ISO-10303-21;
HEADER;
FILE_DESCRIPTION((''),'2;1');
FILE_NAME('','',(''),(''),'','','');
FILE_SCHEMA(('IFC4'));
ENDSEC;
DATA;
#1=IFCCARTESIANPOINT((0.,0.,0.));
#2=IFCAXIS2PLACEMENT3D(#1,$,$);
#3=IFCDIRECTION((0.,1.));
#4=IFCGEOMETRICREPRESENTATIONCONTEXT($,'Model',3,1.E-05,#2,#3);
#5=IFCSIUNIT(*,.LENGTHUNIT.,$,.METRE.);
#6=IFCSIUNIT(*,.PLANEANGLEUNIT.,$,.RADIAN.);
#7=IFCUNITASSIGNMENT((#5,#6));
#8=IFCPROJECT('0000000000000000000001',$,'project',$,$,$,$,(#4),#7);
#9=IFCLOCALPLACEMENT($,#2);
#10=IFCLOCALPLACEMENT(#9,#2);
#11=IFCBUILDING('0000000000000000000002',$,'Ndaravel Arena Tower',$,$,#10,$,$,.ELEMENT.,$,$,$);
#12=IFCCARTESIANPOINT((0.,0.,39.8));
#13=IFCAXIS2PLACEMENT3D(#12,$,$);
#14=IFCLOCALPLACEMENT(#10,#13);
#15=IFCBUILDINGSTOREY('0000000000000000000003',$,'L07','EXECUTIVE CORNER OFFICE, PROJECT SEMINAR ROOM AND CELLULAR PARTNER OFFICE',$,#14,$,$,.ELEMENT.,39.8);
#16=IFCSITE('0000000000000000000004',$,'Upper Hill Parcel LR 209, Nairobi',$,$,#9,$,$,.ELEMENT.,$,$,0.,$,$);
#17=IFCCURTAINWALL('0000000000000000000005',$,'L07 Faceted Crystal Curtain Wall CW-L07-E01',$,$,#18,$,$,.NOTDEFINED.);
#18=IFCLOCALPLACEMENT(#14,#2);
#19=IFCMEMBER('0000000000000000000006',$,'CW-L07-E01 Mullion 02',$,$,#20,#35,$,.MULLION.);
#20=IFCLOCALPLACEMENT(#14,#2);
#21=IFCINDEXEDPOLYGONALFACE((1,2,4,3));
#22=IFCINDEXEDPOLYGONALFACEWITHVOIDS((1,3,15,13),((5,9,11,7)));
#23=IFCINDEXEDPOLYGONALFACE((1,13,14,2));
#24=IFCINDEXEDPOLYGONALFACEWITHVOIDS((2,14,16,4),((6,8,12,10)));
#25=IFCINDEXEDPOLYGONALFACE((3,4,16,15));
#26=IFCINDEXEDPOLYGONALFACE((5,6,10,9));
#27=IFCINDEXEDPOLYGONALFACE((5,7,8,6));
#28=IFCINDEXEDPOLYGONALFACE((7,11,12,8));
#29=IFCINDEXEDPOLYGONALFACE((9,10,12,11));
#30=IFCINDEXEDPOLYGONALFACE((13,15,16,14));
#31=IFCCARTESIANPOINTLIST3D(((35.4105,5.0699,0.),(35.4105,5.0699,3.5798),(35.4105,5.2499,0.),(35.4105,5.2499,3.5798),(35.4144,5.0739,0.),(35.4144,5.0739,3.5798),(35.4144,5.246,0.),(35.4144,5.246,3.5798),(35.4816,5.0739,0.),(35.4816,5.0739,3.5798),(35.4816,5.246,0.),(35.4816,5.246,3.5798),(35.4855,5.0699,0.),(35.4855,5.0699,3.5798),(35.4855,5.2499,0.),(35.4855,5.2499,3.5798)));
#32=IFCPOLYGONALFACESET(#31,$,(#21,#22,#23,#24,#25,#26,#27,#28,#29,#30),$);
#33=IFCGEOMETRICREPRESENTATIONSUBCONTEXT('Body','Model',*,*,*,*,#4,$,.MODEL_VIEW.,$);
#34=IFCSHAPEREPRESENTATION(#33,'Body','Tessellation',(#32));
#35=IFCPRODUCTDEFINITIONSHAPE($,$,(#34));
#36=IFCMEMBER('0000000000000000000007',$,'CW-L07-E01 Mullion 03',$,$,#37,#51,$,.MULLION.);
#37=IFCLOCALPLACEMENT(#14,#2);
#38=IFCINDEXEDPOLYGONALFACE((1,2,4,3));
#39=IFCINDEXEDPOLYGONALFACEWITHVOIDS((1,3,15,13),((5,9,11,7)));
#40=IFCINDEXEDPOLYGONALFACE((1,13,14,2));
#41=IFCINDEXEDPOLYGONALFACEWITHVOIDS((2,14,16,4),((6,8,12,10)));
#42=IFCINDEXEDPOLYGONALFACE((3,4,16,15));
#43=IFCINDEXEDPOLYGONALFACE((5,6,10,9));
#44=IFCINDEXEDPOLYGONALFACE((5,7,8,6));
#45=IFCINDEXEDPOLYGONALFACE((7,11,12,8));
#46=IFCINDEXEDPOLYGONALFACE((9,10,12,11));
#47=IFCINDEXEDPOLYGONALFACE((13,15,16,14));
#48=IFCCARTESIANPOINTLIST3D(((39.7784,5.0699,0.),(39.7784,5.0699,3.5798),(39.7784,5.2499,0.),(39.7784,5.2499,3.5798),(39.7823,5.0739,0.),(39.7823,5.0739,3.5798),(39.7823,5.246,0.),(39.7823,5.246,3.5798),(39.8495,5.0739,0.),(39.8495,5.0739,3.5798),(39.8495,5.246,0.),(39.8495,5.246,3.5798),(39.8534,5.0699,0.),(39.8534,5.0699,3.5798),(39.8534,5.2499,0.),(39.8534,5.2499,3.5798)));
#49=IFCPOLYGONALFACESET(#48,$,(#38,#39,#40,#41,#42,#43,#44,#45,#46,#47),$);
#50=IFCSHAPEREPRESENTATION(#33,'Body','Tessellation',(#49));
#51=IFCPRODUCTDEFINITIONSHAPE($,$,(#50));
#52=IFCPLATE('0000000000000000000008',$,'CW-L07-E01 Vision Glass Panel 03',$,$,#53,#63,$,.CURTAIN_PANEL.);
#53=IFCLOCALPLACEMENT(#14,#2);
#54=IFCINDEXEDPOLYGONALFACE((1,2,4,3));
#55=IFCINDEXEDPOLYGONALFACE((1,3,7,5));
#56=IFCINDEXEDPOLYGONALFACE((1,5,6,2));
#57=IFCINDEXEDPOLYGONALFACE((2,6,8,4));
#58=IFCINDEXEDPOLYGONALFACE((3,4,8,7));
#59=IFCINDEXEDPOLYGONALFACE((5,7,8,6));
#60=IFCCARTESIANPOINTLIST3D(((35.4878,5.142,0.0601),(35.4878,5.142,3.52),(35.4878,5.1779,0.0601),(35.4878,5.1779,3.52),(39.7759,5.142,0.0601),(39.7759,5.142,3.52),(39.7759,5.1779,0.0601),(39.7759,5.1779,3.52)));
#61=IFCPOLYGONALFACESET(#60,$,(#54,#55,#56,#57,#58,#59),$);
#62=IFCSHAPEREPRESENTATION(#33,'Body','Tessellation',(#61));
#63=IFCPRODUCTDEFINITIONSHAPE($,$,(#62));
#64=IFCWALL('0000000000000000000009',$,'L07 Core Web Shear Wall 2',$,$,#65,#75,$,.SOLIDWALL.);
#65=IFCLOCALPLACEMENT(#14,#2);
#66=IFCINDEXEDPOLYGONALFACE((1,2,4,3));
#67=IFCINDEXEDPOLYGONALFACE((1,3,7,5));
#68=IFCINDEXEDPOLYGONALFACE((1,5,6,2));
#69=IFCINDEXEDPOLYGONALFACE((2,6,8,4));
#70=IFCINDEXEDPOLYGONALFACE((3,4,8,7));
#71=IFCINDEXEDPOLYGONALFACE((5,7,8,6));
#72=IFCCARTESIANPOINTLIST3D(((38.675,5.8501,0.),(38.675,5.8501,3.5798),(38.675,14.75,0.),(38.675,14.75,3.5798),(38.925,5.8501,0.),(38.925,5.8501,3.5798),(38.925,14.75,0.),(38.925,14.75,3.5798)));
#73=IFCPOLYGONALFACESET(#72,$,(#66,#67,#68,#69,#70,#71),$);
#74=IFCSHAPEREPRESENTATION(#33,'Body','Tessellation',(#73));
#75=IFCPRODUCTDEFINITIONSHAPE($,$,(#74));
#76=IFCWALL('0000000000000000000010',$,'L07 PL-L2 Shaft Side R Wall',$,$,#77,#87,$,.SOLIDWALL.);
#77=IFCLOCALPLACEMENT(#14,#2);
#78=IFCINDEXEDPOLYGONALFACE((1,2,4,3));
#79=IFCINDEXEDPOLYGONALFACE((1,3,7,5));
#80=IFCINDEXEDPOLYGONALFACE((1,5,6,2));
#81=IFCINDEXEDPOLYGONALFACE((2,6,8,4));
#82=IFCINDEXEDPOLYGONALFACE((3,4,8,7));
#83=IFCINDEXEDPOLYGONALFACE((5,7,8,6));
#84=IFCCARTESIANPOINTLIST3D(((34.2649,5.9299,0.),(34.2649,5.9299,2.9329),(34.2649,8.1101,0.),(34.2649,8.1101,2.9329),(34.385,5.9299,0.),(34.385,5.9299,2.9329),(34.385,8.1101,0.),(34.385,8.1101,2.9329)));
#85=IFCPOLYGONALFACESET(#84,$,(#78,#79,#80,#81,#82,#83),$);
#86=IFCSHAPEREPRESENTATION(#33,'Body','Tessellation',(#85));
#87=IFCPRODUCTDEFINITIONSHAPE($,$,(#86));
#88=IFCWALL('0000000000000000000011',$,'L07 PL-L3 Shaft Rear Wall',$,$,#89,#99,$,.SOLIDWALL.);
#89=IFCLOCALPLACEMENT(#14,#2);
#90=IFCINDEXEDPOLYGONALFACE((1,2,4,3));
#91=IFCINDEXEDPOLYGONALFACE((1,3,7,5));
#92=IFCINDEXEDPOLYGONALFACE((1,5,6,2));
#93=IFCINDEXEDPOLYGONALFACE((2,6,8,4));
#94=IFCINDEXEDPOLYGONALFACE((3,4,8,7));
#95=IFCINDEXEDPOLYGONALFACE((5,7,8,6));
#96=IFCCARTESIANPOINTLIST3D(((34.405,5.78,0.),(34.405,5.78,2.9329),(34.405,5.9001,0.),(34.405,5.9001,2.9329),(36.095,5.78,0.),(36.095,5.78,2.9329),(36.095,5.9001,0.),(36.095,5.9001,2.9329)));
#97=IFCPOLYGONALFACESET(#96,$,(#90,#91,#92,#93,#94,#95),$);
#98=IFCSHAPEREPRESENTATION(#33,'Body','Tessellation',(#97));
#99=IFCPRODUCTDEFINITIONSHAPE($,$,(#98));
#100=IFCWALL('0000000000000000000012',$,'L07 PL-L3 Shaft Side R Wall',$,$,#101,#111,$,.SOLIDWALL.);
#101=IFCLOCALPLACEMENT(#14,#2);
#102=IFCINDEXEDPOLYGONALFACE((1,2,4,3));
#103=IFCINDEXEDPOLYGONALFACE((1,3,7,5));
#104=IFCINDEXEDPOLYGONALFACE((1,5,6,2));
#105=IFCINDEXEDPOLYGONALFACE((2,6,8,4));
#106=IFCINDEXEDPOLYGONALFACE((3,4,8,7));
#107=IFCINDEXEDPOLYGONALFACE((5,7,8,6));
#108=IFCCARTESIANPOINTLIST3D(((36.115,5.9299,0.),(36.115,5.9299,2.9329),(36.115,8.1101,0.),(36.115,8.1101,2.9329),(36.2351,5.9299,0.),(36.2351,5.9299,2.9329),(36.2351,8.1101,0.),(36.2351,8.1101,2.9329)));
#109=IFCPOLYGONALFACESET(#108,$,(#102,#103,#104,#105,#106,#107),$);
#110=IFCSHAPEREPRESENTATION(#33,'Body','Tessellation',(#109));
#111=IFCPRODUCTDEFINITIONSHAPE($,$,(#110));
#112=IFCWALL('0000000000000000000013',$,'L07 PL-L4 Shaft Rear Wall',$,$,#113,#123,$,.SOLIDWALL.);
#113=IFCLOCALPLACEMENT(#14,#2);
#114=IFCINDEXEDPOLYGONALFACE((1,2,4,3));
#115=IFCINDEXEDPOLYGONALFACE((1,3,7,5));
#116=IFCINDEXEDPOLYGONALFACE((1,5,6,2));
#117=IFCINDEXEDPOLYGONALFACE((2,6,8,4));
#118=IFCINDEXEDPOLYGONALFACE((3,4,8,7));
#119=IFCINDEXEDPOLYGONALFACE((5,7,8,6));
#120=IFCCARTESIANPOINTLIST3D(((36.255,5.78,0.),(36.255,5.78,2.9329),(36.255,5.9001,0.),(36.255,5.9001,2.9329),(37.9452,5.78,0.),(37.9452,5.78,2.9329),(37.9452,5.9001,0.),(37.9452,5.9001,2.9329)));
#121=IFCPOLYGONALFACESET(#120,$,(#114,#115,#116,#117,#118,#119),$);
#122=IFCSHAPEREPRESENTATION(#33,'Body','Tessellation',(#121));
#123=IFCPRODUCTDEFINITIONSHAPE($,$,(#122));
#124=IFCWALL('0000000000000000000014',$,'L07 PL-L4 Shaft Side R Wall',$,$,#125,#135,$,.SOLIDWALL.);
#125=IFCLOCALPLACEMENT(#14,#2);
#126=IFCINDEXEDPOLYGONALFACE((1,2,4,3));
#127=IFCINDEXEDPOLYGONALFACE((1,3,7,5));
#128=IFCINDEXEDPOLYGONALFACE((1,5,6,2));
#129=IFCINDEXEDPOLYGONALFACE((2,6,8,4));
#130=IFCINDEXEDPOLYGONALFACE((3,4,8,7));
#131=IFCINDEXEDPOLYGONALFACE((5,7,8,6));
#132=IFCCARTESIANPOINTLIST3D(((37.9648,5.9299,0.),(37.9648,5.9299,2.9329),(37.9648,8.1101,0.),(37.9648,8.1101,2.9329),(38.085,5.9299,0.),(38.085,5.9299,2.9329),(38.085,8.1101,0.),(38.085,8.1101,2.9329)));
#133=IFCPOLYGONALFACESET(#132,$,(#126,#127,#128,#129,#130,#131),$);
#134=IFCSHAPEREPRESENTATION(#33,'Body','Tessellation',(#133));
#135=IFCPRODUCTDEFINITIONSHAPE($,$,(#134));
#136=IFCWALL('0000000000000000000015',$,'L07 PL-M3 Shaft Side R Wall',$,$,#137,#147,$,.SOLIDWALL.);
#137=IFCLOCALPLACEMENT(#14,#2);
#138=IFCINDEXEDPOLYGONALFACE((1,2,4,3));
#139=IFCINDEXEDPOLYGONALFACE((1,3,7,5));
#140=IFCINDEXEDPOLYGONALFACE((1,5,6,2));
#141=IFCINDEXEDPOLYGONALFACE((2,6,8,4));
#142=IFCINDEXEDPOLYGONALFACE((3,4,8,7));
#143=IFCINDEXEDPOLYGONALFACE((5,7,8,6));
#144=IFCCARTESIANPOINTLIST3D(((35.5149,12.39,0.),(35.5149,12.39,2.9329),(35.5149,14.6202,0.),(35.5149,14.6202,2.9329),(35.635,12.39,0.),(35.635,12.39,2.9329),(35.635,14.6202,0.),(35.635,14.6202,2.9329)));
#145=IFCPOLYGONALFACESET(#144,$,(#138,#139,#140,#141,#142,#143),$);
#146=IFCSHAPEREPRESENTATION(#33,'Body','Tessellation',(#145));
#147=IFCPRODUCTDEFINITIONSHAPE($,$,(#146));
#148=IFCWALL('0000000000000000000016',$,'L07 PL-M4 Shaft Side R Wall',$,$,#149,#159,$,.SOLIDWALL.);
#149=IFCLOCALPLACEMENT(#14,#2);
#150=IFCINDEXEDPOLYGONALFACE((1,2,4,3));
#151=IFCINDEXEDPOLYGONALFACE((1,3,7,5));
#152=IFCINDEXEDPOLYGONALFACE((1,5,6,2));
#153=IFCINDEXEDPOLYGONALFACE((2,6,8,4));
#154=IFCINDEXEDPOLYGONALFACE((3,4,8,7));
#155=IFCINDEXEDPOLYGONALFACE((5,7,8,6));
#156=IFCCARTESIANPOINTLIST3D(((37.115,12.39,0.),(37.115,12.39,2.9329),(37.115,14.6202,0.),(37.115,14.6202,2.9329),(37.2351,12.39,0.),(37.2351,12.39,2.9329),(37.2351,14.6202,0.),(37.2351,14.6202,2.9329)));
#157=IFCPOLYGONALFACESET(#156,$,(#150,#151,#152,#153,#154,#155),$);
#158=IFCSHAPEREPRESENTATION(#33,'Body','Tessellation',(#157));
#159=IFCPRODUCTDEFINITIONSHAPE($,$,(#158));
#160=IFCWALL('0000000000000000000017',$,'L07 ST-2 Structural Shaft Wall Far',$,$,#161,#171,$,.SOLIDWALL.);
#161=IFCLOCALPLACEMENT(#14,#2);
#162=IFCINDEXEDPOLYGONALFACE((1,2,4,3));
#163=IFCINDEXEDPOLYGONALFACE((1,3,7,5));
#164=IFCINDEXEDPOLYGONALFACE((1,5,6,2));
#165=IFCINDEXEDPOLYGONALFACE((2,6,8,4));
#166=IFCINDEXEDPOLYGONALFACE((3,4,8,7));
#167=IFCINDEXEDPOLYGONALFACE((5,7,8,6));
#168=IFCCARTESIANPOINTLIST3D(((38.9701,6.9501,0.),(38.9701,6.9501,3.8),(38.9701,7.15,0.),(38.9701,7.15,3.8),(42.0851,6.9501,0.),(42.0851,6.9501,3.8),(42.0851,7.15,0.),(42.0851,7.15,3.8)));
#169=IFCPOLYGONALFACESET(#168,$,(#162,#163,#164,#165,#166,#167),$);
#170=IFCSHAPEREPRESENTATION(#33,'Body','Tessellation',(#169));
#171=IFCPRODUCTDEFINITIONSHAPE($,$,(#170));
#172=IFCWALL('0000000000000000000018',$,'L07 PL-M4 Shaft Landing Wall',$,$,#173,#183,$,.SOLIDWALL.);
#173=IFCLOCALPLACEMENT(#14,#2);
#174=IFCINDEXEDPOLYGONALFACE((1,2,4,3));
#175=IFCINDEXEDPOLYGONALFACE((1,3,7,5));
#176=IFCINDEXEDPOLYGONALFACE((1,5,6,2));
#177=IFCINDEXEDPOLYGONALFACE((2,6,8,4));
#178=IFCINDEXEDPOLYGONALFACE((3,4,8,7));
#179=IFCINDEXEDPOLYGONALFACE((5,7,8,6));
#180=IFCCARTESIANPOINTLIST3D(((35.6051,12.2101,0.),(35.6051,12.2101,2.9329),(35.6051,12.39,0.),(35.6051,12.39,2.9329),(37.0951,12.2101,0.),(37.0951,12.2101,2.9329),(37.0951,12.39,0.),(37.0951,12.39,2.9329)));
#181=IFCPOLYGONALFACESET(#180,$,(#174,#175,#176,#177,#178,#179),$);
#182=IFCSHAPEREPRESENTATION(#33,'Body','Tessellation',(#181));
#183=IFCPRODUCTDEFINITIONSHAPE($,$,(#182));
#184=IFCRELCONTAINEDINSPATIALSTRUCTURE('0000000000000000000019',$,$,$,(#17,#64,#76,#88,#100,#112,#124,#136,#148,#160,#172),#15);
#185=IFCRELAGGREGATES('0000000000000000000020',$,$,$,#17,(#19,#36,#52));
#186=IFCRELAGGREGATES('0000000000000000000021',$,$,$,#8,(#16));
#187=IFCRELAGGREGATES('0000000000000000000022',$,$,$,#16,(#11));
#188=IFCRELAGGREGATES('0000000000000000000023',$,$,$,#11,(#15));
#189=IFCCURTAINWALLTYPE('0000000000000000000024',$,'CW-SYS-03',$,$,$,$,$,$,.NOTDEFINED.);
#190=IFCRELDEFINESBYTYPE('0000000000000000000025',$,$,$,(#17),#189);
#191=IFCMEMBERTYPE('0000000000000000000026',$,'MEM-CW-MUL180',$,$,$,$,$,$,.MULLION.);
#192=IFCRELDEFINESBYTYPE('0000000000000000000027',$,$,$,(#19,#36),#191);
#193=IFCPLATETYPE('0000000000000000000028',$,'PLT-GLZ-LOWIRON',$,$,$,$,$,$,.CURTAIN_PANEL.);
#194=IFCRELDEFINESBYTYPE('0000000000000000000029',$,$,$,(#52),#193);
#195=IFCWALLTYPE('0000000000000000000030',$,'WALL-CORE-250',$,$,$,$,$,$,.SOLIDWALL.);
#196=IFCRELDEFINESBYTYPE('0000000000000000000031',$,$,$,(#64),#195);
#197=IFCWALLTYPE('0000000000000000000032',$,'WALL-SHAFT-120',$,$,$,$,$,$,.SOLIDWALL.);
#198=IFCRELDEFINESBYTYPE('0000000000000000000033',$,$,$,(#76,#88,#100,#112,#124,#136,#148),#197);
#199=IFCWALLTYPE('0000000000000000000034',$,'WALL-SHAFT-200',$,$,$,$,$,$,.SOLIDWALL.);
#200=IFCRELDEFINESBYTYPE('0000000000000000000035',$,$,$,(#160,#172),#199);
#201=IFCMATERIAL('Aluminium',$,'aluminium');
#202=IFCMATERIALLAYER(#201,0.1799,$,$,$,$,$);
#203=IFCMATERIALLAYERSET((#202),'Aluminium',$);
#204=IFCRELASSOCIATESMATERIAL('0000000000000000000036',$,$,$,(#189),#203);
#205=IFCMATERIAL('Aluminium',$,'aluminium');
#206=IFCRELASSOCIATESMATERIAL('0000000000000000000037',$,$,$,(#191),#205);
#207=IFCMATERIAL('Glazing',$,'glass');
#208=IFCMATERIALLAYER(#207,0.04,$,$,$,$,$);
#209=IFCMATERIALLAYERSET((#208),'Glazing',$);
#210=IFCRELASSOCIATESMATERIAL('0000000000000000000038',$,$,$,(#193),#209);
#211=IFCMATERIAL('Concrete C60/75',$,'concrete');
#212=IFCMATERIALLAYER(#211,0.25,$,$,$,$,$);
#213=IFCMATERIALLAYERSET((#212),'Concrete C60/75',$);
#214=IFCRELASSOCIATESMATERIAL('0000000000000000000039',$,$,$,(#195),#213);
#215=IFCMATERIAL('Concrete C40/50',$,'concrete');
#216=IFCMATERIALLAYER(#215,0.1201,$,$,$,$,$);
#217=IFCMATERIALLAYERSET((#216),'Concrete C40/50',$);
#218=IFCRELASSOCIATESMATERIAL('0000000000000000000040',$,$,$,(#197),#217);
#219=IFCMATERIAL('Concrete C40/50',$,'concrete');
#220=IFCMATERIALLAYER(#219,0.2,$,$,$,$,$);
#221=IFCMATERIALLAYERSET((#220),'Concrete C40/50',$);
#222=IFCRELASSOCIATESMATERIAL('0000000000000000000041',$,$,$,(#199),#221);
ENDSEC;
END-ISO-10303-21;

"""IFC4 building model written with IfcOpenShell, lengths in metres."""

from ifc_helpers import new_model, si_unit, direction, frame, frame_2d, origin, origin_2d, place, context, subcontext, project, spatial, rectangle, hollow_rectangle, extrude, material, layer, layer_set, material_profile, profile_set, type_object, element, aggregate, save


model = new_model("IFC4")

# Units and contexts
model_context = context("Model", 3, precision=1e-05, world=origin(), true_north=direction((0.0, 1.0)))
body_context = subcontext(model_context, "Body", "Model", "MODEL_VIEW")
ifc_project = project(units=[si_unit("LENGTHUNIT", "METRE"), si_unit("PLANEANGLEUNIT", "RADIAN")], contexts=[model_context])

# Site, building, storey
site_placement = place(None, origin())
site = spatial("IfcSite", under=ifc_project, at=site_placement, Name="Upper Hill Parcel LR 209, Nairobi", CompositionType="ELEMENT", RefElevation=0.0)
building_placement = place(site_placement, origin())
building = spatial("IfcBuilding", under=site, at=building_placement, Name="Ndaravel Arena Tower", CompositionType="ELEMENT")
storey_placement = place(building_placement, frame((0.0, 0.0, 39.8)))
storey = spatial("IfcBuildingStorey", under=building, at=storey_placement, Name="L07", Description="EXECUTIVE CORNER OFFICE, PROJECT SEMINAR ROOM AND CELLULAR PARTNER OFFICE", CompositionType="ELEMENT", Elevation=39.8)

# Curtain wall, members, plate
ifc_material_1 = material(Name="Aluminium", Category="aluminium")
ifc_layer_1 = layer(ifc_material_1, 0.1799)
ifc_layer_set_1 = layer_set([ifc_layer_1], Name="Aluminium")
curtain_wall_type = type_object("IfcCurtainWallType", Name="CW-SYS-03", PredefinedType="NOTDEFINED", material=ifc_layer_set_1)
curtain_wall_placement = place(storey_placement, origin())
curtain_wall = element("IfcCurtainWall", 1, at=curtain_wall_placement, inside=storey, type_object=curtain_wall_type, Name="L07 Faceted Crystal Curtain Wall CW-L07-E01", PredefinedType="NOTDEFINED")
ifc_material_2 = material(Name="Aluminium", Category="aluminium")
ifc_material_profile = material_profile(ifc_material_2, hollow_rectangle(XDim=0.075, YDim=0.1799, WallThickness=0.0039, at=origin_2d()), Name="CW MULLION 75x180x4")
ifc_profile_set = profile_set([ifc_material_profile], Name="Aluminium")
member_type = type_object("IfcMemberType", Name="MEM-CW-MUL180", PredefinedType="MULLION", material=ifc_profile_set)
member_1_placement = place(storey_placement, frame((35.448, 5.1599, 0.0), z_axis=(0.0, 0.0, 1.0), x_axis=(1.0, 0.0, 0.0)))
member_1 = element("IfcMember", 2, at=member_1_placement, type_object=member_type, Name="CW-L07-E01 Mullion 02", PredefinedType="MULLION", context=body_context, shape_type="SweptSolid", body=[
    extrude(hollow_rectangle(XDim=0.075, YDim=0.1799, WallThickness=0.0039, at=origin_2d()), origin(), (0.0, 0.0, 1.0), 3.5798),
])
member_2_placement = place(storey_placement, frame((39.8159, 5.1599, 0.0), z_axis=(0.0, 0.0, 1.0), x_axis=(1.0, 0.0, 0.0)))
member_2 = element("IfcMember", 3, at=member_2_placement, type_object=member_type, Name="CW-L07-E01 Mullion 03", PredefinedType="MULLION", context=body_context, shape_type="SweptSolid", body=[
    extrude(hollow_rectangle(XDim=0.075, YDim=0.1799, WallThickness=0.0039, at=origin_2d()), origin(), (0.0, 0.0, 1.0), 3.5798),
])
ifc_material_3 = material(Name="Glazing", Category="glass")
ifc_layer_2 = layer(ifc_material_3, 0.04)
ifc_layer_set_2 = layer_set([ifc_layer_2], Name="Glazing")
plate_type = type_object("IfcPlateType", Name="PLT-GLZ-LOWIRON", PredefinedType="CURTAIN_PANEL", material=ifc_layer_set_2)
plate_placement = place(storey_placement, frame((37.6318, 5.1599, 0.0601), z_axis=(0.0, 0.0, 1.0), x_axis=(1.0, 0.0, 0.0)))
plate = element("IfcPlate", 4, at=plate_placement, type_object=plate_type, Name="CW-L07-E01 Vision Glass Panel 03", PredefinedType="CURTAIN_PANEL", context=body_context, shape_type="SweptSolid", body=[
    extrude(rectangle(XDim=4.2881, YDim=0.0359, at=origin_2d()), origin(), (0.0, 0.0, 1.0), 3.46),
])
aggregate(curtain_wall, [member_1, member_2, plate])

# Walls
ifc_material_4 = material(Name="Concrete C60/75", Category="concrete")
ifc_layer_3 = layer(ifc_material_4, 0.25)
ifc_layer_set_3 = layer_set([ifc_layer_3], Name="Concrete C60/75")
wall_type_1 = type_object("IfcWallType", Name="WALL-CORE-250", PredefinedType="SOLIDWALL", material=ifc_layer_set_3)
wall_1_placement = place(storey_placement, frame((38.8, 5.8501, 0.0), z_axis=(0.0, 0.0, 1.0), x_axis=(0.0, 1.0, 0.0)))
element("IfcWall", 5, at=wall_1_placement, inside=storey, type_object=wall_type_1, Name="L07 Core Web Shear Wall 2", PredefinedType="SOLIDWALL", context=body_context, shape_type="SweptSolid", body=[
    extrude(rectangle(XDim=8.8999, YDim=0.25, at=frame_2d((4.45, 0.0))), origin(), (0.0, 0.0, 1.0), 3.5798),
])
ifc_material_5 = material(Name="Concrete C40/50", Category="concrete")
ifc_layer_4 = layer(ifc_material_5, 0.1201)
ifc_layer_set_4 = layer_set([ifc_layer_4], Name="Concrete C40/50")
wall_type_2 = type_object("IfcWallType", Name="WALL-SHAFT-120", PredefinedType="SOLIDWALL", material=ifc_layer_set_4)
wall_2_placement = place(storey_placement, frame((34.325, 5.9299, 0.0), z_axis=(0.0, 0.0, 1.0), x_axis=(0.0, 1.0, 0.0)))
element("IfcWall", 6, at=wall_2_placement, inside=storey, type_object=wall_type_2, Name="L07 PL-L2 Shaft Side R Wall", PredefinedType="SOLIDWALL", context=body_context, shape_type="SweptSolid", body=[
    extrude(rectangle(XDim=2.1802, YDim=0.1201, at=frame_2d((1.0901, 0.0))), origin(), (0.0, 0.0, 1.0), 2.9329),
])
wall_3_placement = place(storey_placement, frame((34.405, 5.8401, 0.0), z_axis=(0.0, 0.0, 1.0), x_axis=(1.0, 0.0, 0.0)))
element("IfcWall", 7, at=wall_3_placement, inside=storey, type_object=wall_type_2, Name="L07 PL-L3 Shaft Rear Wall", PredefinedType="SOLIDWALL", context=body_context, shape_type="SweptSolid", body=[
    extrude(rectangle(XDim=1.6899, YDim=0.1201, at=frame_2d((0.845, 0.0))), origin(), (0.0, 0.0, 1.0), 2.9329),
])
wall_4_placement = place(storey_placement, frame((36.175, 5.9299, 0.0), z_axis=(0.0, 0.0, 1.0), x_axis=(0.0, 1.0, 0.0)))
element("IfcWall", 8, at=wall_4_placement, inside=storey, type_object=wall_type_2, Name="L07 PL-L3 Shaft Side R Wall", PredefinedType="SOLIDWALL", context=body_context, shape_type="SweptSolid", body=[
    extrude(rectangle(XDim=2.1802, YDim=0.1201, at=frame_2d((1.0901, 0.0))), origin(), (0.0, 0.0, 1.0), 2.9329),
])
wall_5_placement = place(storey_placement, frame((36.2549, 5.8401, 0.0), z_axis=(0.0, 0.0, 1.0), x_axis=(1.0, 0.0, 0.0)))
element("IfcWall", 9, at=wall_5_placement, inside=storey, type_object=wall_type_2, Name="L07 PL-L4 Shaft Rear Wall", PredefinedType="SOLIDWALL", context=body_context, shape_type="SweptSolid", body=[
    extrude(rectangle(XDim=1.6902, YDim=0.1201, at=frame_2d((0.8452, 0.0))), origin(), (0.0, 0.0, 1.0), 2.9329),
])
wall_6_placement = place(storey_placement, frame((38.0249, 5.9299, 0.0), z_axis=(0.0, 0.0, 1.0), x_axis=(0.0, 1.0, 0.0)))
element("IfcWall", 10, at=wall_6_placement, inside=storey, type_object=wall_type_2, Name="L07 PL-L4 Shaft Side R Wall", PredefinedType="SOLIDWALL", context=body_context, shape_type="SweptSolid", body=[
    extrude(rectangle(XDim=2.1802, YDim=0.1201, at=frame_2d((1.0901, 0.0))), origin(), (0.0, 0.0, 1.0), 2.9329),
])
for number, where, z_axis, x_axis, name in (
    (11, (35.575, 12.3899, 0.0), (0.0, 0.0, 1.0), (0.0, 1.0, 0.0), "L07 PL-M3 Shaft Side R Wall"),
    (12, (37.175, 12.3899, 0.0), (0.0, 0.0, 1.0), (0.0, 1.0, 0.0), "L07 PL-M4 Shaft Side R Wall"),
):
    element("IfcWall", number, at=place(storey_placement, frame(where, z_axis=z_axis, x_axis=x_axis)), inside=storey, type_object=wall_type_2, Name=name, PredefinedType="SOLIDWALL", context=body_context, shape_type="SweptSolid", body=[
        extrude(rectangle(XDim=2.2302, YDim=0.1201, at=frame_2d((1.1152, 0.0))), origin(), (0.0, 0.0, 1.0), 2.9329),
    ])
ifc_material_6 = material(Name="Concrete C40/50", Category="concrete")
ifc_layer_5 = layer(ifc_material_6, 0.2)
ifc_layer_set_5 = layer_set([ifc_layer_5], Name="Concrete C40/50")
wall_type_3 = type_object("IfcWallType", Name="WALL-SHAFT-200", PredefinedType="SOLIDWALL", material=ifc_layer_set_5)
wall_7_placement = place(storey_placement, frame((38.97, 7.05, 0.0), z_axis=(0.0, 0.0, 1.0), x_axis=(1.0, 0.0, 0.0)))
element("IfcWall", 13, at=wall_7_placement, inside=storey, type_object=wall_type_3, Name="L07 ST-2 Structural Shaft Wall Far", PredefinedType="SOLIDWALL", context=body_context, shape_type="SweptSolid", body=[
    extrude(rectangle(XDim=3.115, YDim=0.2, at=frame_2d((1.5576, 0.0))), origin(), (0.0, 0.0, 1.0), 3.8),
])

# Wall
wall_8_placement = place(storey_placement, frame((35.605, 12.3, 0.0), z_axis=(0.0, 0.0, 1.0), x_axis=(1.0, 0.0, 0.0)))
element("IfcWall", 14, at=wall_8_placement, inside=storey, type_object=wall_type_3, Name="L07 PL-M4 Shaft Landing Wall", PredefinedType="SOLIDWALL", context=body_context, shape_type="SweptSolid", body=[
    extrude(rectangle(XDim=1.49, YDim=0.1799, at=frame_2d((0.7451, 0.0))), origin(), (0.0, 0.0, 1.0), 2.9329),
])

save(model, "model.ifc")
